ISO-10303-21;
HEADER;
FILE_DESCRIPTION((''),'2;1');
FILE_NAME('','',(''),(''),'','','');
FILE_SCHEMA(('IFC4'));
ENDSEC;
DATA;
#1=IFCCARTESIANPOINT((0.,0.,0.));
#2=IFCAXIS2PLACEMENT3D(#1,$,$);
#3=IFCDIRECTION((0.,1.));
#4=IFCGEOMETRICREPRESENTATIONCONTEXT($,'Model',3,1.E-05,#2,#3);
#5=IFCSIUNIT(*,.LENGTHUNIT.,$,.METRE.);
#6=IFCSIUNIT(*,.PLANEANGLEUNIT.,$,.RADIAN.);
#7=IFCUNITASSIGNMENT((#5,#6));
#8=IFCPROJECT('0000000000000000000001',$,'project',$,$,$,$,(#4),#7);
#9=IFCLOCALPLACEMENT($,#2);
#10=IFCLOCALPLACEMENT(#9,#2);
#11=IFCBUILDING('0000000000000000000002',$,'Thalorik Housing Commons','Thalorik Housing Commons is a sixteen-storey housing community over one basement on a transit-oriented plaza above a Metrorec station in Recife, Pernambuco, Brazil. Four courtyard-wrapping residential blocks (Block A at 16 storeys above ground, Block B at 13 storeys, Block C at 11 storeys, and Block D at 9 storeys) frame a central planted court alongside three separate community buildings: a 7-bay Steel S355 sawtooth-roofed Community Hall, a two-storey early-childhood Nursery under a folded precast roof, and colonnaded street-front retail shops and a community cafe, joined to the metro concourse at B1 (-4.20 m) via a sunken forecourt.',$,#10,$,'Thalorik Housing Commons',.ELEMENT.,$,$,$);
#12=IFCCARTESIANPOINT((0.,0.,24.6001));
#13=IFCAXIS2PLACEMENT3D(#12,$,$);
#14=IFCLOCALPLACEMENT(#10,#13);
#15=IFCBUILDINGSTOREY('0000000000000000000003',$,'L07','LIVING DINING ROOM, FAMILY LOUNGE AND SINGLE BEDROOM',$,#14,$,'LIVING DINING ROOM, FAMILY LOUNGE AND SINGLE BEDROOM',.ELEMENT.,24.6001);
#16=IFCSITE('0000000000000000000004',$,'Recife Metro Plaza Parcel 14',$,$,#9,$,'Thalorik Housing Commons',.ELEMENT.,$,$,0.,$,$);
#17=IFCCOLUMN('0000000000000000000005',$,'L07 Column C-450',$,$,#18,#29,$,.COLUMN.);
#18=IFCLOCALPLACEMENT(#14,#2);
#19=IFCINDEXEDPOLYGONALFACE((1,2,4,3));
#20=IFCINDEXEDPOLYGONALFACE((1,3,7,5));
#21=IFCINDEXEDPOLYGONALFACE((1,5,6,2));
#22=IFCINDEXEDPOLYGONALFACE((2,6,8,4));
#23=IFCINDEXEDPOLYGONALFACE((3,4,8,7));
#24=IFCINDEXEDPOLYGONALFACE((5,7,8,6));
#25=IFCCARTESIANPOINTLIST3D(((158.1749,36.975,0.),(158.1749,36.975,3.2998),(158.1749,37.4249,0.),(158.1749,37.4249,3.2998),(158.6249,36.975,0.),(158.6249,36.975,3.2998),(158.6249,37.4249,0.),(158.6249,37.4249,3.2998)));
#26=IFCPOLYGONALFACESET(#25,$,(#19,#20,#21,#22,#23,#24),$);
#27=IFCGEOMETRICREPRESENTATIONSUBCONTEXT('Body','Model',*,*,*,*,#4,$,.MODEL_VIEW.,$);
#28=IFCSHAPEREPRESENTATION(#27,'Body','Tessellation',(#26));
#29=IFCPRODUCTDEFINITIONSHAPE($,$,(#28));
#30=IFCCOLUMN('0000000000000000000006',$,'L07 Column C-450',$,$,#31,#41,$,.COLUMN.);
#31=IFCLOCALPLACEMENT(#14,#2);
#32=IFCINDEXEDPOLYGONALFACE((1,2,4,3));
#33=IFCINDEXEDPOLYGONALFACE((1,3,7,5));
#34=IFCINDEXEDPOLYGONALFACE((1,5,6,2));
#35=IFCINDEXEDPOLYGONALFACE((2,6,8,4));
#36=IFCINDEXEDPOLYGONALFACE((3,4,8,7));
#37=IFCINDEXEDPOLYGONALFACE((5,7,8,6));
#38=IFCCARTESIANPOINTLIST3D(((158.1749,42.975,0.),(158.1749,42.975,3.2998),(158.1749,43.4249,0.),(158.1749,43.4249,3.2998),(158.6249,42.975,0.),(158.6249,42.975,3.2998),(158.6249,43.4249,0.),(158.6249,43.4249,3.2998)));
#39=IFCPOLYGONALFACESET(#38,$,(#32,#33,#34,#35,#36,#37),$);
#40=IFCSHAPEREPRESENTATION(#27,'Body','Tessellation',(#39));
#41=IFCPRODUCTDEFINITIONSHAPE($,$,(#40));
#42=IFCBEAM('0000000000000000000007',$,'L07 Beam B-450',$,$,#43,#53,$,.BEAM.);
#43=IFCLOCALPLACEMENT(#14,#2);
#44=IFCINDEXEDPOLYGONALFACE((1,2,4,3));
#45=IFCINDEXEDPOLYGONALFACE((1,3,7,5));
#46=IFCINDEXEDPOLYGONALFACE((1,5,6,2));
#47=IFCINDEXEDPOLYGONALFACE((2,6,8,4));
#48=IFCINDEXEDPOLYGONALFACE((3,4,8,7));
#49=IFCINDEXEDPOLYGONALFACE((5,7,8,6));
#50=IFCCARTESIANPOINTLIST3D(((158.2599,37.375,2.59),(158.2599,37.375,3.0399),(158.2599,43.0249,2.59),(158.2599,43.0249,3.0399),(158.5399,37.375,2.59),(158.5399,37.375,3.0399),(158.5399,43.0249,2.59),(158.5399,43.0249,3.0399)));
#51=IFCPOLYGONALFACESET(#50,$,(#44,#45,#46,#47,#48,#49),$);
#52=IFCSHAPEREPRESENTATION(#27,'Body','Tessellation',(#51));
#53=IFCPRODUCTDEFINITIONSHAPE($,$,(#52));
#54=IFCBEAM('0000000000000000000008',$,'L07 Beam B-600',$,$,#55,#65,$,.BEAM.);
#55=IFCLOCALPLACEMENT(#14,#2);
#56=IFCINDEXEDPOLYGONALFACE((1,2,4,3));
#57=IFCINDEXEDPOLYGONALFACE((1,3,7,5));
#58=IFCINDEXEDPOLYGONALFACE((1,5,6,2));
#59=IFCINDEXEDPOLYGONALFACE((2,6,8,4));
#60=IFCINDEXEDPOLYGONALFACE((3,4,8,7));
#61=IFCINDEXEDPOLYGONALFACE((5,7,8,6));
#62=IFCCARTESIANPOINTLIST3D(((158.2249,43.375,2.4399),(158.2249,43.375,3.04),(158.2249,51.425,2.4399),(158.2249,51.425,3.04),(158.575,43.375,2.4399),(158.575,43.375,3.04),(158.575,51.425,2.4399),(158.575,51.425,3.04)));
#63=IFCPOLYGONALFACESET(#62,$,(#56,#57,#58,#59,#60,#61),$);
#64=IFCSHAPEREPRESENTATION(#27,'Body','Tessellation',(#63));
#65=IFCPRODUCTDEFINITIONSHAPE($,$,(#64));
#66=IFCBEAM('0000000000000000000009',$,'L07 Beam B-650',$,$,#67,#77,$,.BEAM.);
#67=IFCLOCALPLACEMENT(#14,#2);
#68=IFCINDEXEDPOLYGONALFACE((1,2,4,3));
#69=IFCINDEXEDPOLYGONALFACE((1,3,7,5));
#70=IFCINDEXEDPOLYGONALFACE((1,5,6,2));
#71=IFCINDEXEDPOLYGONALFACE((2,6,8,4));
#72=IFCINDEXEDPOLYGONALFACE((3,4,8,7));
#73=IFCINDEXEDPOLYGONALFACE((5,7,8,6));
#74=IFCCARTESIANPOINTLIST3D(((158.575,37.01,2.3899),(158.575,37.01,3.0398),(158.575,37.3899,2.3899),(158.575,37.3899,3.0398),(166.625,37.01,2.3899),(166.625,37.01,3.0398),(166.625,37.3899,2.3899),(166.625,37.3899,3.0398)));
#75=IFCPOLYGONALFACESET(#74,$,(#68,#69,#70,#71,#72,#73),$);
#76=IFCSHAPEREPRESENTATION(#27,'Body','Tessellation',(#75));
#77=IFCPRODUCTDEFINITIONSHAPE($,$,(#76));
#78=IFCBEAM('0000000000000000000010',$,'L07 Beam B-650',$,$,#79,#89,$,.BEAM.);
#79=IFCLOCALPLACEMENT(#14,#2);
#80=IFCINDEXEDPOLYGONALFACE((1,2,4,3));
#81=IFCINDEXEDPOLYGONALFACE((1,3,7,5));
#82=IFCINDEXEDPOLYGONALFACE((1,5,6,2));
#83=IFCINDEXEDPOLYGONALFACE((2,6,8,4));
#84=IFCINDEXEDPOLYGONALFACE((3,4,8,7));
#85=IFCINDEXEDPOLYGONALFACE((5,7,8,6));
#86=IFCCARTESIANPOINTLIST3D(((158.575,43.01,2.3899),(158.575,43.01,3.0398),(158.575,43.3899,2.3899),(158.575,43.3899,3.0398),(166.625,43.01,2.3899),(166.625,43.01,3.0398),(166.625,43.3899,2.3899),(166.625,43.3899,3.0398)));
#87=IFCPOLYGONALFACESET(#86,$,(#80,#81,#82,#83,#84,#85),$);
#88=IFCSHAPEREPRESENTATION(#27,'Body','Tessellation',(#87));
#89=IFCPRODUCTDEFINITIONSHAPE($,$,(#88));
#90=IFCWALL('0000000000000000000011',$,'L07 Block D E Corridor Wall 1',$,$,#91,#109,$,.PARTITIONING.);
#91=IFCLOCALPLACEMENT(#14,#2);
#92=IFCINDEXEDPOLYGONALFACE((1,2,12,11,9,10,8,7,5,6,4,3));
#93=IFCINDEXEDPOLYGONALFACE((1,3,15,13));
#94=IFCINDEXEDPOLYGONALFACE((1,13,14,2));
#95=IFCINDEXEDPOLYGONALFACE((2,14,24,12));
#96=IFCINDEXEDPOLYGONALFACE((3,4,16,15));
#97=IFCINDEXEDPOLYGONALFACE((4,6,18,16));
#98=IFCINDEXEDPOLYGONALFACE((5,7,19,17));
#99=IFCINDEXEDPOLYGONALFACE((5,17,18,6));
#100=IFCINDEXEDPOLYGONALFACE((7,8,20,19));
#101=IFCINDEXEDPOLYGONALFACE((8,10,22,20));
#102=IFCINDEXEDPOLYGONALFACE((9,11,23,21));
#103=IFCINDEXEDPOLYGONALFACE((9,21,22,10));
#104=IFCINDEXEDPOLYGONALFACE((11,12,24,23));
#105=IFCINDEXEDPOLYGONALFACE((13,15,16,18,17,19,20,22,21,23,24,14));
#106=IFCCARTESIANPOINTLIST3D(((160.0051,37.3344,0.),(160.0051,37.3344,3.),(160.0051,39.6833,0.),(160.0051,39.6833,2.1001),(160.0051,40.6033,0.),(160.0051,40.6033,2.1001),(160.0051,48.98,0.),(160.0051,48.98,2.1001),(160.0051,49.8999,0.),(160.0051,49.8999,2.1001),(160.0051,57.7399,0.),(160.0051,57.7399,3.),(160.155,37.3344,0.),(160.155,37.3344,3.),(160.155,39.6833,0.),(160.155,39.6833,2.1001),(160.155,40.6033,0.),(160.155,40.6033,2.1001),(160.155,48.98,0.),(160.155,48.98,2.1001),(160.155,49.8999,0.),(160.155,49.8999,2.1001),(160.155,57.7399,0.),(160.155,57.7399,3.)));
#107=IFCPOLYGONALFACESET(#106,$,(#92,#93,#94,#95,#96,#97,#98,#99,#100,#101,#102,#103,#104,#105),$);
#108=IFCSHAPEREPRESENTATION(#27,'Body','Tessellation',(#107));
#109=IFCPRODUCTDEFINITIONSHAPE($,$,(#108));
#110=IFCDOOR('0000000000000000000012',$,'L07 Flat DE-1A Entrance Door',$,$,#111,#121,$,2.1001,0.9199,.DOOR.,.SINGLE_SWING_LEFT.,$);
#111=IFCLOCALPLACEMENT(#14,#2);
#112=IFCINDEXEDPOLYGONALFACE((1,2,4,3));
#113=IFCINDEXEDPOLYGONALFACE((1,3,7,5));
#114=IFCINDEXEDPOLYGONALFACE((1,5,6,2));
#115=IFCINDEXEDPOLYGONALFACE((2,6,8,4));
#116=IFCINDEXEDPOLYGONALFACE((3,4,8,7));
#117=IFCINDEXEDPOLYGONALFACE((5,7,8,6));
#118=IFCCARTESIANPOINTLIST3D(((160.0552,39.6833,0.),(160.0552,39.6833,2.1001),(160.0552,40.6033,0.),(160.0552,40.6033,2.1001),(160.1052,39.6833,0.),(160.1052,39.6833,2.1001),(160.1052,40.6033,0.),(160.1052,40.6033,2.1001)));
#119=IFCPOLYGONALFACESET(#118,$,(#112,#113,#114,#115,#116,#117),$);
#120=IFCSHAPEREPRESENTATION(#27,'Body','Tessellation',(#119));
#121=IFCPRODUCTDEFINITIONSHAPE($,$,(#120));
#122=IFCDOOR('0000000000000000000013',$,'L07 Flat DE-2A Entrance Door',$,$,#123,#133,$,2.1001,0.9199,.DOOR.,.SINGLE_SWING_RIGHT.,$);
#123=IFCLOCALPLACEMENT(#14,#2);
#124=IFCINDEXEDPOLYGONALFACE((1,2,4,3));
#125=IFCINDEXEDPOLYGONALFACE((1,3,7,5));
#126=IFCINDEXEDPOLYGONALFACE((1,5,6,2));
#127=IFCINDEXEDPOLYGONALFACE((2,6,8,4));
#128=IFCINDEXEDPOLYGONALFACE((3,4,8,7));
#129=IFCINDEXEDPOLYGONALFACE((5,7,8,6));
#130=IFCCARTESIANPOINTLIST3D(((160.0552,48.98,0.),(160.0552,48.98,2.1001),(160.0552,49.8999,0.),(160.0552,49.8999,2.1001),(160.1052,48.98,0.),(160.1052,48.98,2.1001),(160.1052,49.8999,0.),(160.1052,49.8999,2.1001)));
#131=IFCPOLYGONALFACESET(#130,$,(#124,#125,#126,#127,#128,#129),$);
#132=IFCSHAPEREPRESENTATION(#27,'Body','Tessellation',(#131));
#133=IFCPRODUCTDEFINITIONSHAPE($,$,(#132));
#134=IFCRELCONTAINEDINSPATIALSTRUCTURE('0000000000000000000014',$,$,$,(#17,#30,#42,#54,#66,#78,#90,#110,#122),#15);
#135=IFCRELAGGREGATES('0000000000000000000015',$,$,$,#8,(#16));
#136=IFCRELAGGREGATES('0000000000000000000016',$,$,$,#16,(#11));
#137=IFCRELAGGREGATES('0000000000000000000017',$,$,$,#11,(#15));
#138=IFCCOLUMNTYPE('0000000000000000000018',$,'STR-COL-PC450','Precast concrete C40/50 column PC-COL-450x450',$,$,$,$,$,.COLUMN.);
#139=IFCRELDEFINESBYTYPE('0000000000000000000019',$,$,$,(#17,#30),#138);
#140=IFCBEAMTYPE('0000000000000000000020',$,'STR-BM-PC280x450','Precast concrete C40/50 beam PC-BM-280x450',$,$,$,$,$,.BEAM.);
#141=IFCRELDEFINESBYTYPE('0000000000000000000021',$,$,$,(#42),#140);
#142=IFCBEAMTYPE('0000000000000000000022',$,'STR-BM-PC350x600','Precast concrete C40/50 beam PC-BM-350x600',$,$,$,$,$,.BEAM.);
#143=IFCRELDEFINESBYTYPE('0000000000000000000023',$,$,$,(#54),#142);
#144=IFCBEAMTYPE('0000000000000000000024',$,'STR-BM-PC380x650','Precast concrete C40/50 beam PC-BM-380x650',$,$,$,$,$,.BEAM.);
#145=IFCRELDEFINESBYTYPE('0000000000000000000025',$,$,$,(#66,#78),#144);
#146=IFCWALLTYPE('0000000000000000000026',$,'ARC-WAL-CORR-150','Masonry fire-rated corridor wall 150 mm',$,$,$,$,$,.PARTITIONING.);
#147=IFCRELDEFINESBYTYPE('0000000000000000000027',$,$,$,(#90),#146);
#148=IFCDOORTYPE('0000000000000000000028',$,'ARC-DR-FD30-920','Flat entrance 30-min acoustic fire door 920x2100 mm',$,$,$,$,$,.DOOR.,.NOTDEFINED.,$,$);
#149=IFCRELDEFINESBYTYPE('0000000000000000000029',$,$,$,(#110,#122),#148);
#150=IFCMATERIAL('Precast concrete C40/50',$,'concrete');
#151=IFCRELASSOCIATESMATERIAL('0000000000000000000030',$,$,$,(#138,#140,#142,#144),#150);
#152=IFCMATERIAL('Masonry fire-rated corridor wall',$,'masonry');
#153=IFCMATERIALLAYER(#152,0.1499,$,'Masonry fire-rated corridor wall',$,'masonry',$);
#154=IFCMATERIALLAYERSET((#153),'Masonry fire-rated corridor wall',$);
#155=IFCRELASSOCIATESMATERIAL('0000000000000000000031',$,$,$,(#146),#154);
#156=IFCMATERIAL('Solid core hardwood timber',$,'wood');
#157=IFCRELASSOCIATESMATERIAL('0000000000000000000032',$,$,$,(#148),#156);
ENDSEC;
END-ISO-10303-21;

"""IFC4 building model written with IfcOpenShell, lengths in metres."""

from ifc_helpers import new_model, si_unit, direction, frame, frame_2d, origin, origin_2d, place, context, subcontext, project, spatial, rectangle, extrude, material, layer, layer_set, material_profile, profile_set, type_object, element, fill, save


model = new_model("IFC4")

# Units and contexts
model_context = context("Model", 3, precision=1e-05, world=origin(), true_north=direction((0.0, 1.0)))
body_context = subcontext(model_context, "Body", "Model", "MODEL_VIEW")
ifc_project = project(units=[si_unit("LENGTHUNIT", "METRE"), si_unit("PLANEANGLEUNIT", "RADIAN")], contexts=[model_context])

# Site, building, storey
site_placement = place(None, origin())
site = spatial("IfcSite", under=ifc_project, at=site_placement, Name="Recife Metro Plaza Parcel 14", LongName="Thalorik Housing Commons", CompositionType="ELEMENT", RefElevation=0.0)
building_placement = place(site_placement, origin())
building = spatial("IfcBuilding", under=site, at=building_placement, Name="Thalorik Housing Commons", Description="Thalorik Housing Commons is a sixteen-storey housing community over one basement on a transit-oriented plaza above a Metrorec station in Recife, Pernambuco, Brazil. Four courtyard-wrapping residential blocks (Block A at 16 storeys above ground, Block B at 13 storeys, Block C at 11 storeys, and Block D at 9 storeys) frame a central planted court alongside three separate community buildings: a 7-bay Steel S355 sawtooth-roofed Community Hall, a two-storey early-childhood Nursery under a folded precast roof, and colonnaded street-front retail shops and a community cafe, joined to the metro concourse at B1 (-4.20 m) via a sunken forecourt.", LongName="Thalorik Housing Commons", CompositionType="ELEMENT")
storey_placement = place(building_placement, frame((0.0, 0.0, 24.6001)))
storey = spatial("IfcBuildingStorey", under=building, at=storey_placement, Name="L07", Description="LIVING DINING ROOM, FAMILY LOUNGE AND SINGLE BEDROOM", LongName="LIVING DINING ROOM, FAMILY LOUNGE AND SINGLE BEDROOM", CompositionType="ELEMENT", Elevation=24.6001)

# Columns
ifc_material_1 = material(Name="Precast concrete C40/50", Category="concrete")
ifc_material_profile_1 = material_profile(ifc_material_1, rectangle(XDim=0.45, YDim=0.45, at=origin_2d()), Name="PC 450x450", Category="concrete")
ifc_profile_set_1 = profile_set([ifc_material_profile_1], Name="Precast concrete C40/50")
column_type = type_object("IfcColumnType", Name="STR-COL-PC450", Description="Precast concrete C40/50 column PC-COL-450x450", PredefinedType="COLUMN", material=ifc_profile_set_1)
for number, where, z_axis, x_axis, name in (
    (1, (158.3999, 37.2, 0.0), (0.0, 0.0, 1.0), (1.0, 0.0, 0.0), "L07 Column C-450"),
    (2, (158.3999, 43.2, 0.0), (0.0, 0.0, 1.0), (1.0, 0.0, 0.0), "L07 Column C-450"),
):
    element("IfcColumn", number, at=place(storey_placement, frame(where, z_axis=z_axis, x_axis=x_axis)), inside=storey, type_object=column_type, Name=name, PredefinedType="COLUMN", context=body_context, shape_type="SweptSolid", body=[
        extrude(rectangle(XDim=0.45, YDim=0.45, at=origin_2d()), origin(), (0.0, 0.0, 1.0), 3.2998),
    ])

# Beams
ifc_material_profile_2 = material_profile(ifc_material_1, rectangle(XDim=0.28, YDim=0.45, at=origin_2d()), Name="PC 280x450", Category="concrete")
ifc_profile_set_2 = profile_set([ifc_material_profile_2], Name="Precast concrete C40/50")
beam_type_1 = type_object("IfcBeamType", Name="STR-BM-PC280x450", Description="Precast concrete C40/50 beam PC-BM-280x450", PredefinedType="BEAM", material=ifc_profile_set_2)
beam_1_placement = place(storey_placement, frame((158.3999, 37.375, 2.8149), z_axis=(0.0, 1.0, 0.0), x_axis=(-1.0, 0.0, 0.0)))
element("IfcBeam", 3, at=beam_1_placement, inside=storey, type_object=beam_type_1, Name="L07 Beam B-450", PredefinedType="BEAM", context=body_context, shape_type="SweptSolid", body=[
    extrude(rectangle(XDim=0.28, YDim=0.45, at=origin_2d()), origin(), (0.0, 0.0, 1.0), 5.6499),
])
ifc_material_profile_3 = material_profile(ifc_material_1, rectangle(XDim=0.3501, YDim=0.6001, at=origin_2d()), Name="PC 350x600", Category="concrete")
ifc_profile_set_3 = profile_set([ifc_material_profile_3], Name="Precast concrete C40/50")
beam_type_2 = type_object("IfcBeamType", Name="STR-BM-PC350x600", Description="Precast concrete C40/50 beam PC-BM-350x600", PredefinedType="BEAM", material=ifc_profile_set_3)
beam_2_placement = place(storey_placement, frame((158.3999, 43.375, 2.74), z_axis=(0.0, 1.0, 0.0), x_axis=(-1.0, 0.0, 0.0)))
element("IfcBeam", 4, at=beam_2_placement, inside=storey, type_object=beam_type_2, Name="L07 Beam B-600", PredefinedType="BEAM", context=body_context, shape_type="SweptSolid", body=[
    extrude(rectangle(XDim=0.3501, YDim=0.6001, at=origin_2d()), origin(), (0.0, 0.0, 1.0), 8.05),
])
ifc_material_profile_4 = material_profile(ifc_material_1, rectangle(XDim=0.3799, YDim=0.6499, at=origin_2d()), Name="PC 380x650", Category="concrete")
ifc_profile_set_4 = profile_set([ifc_material_profile_4], Name="Precast concrete C40/50")
beam_type_3 = type_object("IfcBeamType", Name="STR-BM-PC380x650", Description="Precast concrete C40/50 beam PC-BM-380x650", PredefinedType="BEAM", material=ifc_profile_set_4)
for number, where, z_axis, x_axis, name in (
    (5, (158.575, 37.2, 2.7148), (1.0, 0.0, 0.0), (0.0, 1.0, 0.0), "L07 Beam B-650"),
    (6, (158.575, 43.2, 2.7148), (1.0, 0.0, 0.0), (0.0, 1.0, 0.0), "L07 Beam B-650"),
):
    element("IfcBeam", number, at=place(storey_placement, frame(where, z_axis=z_axis, x_axis=x_axis)), inside=storey, type_object=beam_type_3, Name=name, PredefinedType="BEAM", context=body_context, shape_type="SweptSolid", body=[
        extrude(rectangle(XDim=0.3799, YDim=0.6499, at=origin_2d()), origin(), (0.0, 0.0, 1.0), 8.05),
    ])

# Wall, openings, doors
ifc_material_2 = material(Name="Masonry fire-rated corridor wall", Category="masonry")
ifc_layer_1 = layer(ifc_material_2, 0.1499, Name="Masonry fire-rated corridor wall", Category="masonry")
ifc_layer_set_1 = layer_set([ifc_layer_1], Name="Masonry fire-rated corridor wall")
wall_type_1 = type_object("IfcWallType", Name="ARC-WAL-CORR-150", Description="Masonry fire-rated corridor wall 150 mm", PredefinedType="PARTITIONING", material=ifc_layer_set_1)
wall_1_placement = place(storey_placement, frame((160.0801, 37.3345, 0.0), z_axis=(0.0, 0.0, 1.0), x_axis=(0.0, 1.0, 0.0)))
wall_1 = element("IfcWall", 7, at=wall_1_placement, inside=storey, type_object=wall_type_1, Name="L07 Block D E Corridor Wall 1", PredefinedType="PARTITIONING", context=body_context, shape_type="SweptSolid", body=[
    extrude(rectangle(XDim=20.4055, YDim=0.1499, at=frame_2d((10.2026, 0.0))), origin(), (0.0, 0.0, 1.0), 3.0),
])
opening_1_placement = place(wall_1_placement, frame((2.3489, 0.0, 0.0)))
opening_1 = element("IfcOpeningElement", 8, at=opening_1_placement, cuts=wall_1, PredefinedType="OPENING", context=body_context, shape_type="SweptSolid", body=[
    extrude(rectangle(XDim=0.9199, YDim=2.1001, at=frame_2d((0.46, 1.05))), frame((0.0, 0.085, 0.0), z_axis=(0.0, -1.0, 0.0), x_axis=(1.0, 0.0, 0.0)), (0.0, 0.0, 1.0), 0.1699),
])
opening_2_placement = place(wall_1_placement, frame((11.6455, 0.0, 0.0)))
opening_2 = element("IfcOpeningElement", 9, at=opening_2_placement, cuts=wall_1, PredefinedType="OPENING", context=body_context, shape_type="SweptSolid", body=[
    extrude(rectangle(XDim=0.9199, YDim=2.1001, at=frame_2d((0.46, 1.05))), frame((0.0, 0.085, 0.0), z_axis=(0.0, -1.0, 0.0), x_axis=(1.0, 0.0, 0.0)), (0.0, 0.0, 1.0), 0.1699),
])
ifc_material_3 = material(Name="Solid core hardwood timber", Category="wood")
door_type_1 = type_object("IfcDoorType", Name="ARC-DR-FD30-920", Description="Flat entrance 30-min acoustic fire door 920x2100 mm", OperationType="NOTDEFINED", PredefinedType="DOOR", material=ifc_material_3)
door_1_placement = place(opening_1_placement, origin())
door_1 = element("IfcDoor", 10, at=door_1_placement, inside=storey, type_object=door_type_1, Name="L07 Flat DE-1A Entrance Door", OperationType="SINGLE_SWING_LEFT", OverallHeight=2.1001, OverallWidth=0.9199, PredefinedType="DOOR", context=body_context, shape_type="SweptSolid", body=[
    extrude(rectangle(XDim=0.9199, YDim=2.1001, at=frame_2d((0.46, 1.05))), frame((0.0, 0.0249, 0.0), z_axis=(0.0, -1.0, 0.0), x_axis=(1.0, 0.0, 0.0)), (0.0, 0.0, 1.0), 0.05),
])
fill(opening_1, door_1)
door_2_placement = place(opening_2_placement, origin())
door_2 = element("IfcDoor", 11, at=door_2_placement, inside=storey, type_object=door_type_1, Name="L07 Flat DE-2A Entrance Door", OperationType="SINGLE_SWING_RIGHT", OverallHeight=2.1001, OverallWidth=0.9199, PredefinedType="DOOR", context=body_context, shape_type="SweptSolid", body=[
    extrude(rectangle(XDim=0.9199, YDim=2.1001, at=frame_2d((0.46, 1.05))), frame((0.0, 0.0249, 0.0), z_axis=(0.0, -1.0, 0.0), x_axis=(1.0, 0.0, 0.0)), (0.0, 0.0, 1.0), 0.05),
])
fill(opening_2, door_2)

save(model, "model.ifc")
